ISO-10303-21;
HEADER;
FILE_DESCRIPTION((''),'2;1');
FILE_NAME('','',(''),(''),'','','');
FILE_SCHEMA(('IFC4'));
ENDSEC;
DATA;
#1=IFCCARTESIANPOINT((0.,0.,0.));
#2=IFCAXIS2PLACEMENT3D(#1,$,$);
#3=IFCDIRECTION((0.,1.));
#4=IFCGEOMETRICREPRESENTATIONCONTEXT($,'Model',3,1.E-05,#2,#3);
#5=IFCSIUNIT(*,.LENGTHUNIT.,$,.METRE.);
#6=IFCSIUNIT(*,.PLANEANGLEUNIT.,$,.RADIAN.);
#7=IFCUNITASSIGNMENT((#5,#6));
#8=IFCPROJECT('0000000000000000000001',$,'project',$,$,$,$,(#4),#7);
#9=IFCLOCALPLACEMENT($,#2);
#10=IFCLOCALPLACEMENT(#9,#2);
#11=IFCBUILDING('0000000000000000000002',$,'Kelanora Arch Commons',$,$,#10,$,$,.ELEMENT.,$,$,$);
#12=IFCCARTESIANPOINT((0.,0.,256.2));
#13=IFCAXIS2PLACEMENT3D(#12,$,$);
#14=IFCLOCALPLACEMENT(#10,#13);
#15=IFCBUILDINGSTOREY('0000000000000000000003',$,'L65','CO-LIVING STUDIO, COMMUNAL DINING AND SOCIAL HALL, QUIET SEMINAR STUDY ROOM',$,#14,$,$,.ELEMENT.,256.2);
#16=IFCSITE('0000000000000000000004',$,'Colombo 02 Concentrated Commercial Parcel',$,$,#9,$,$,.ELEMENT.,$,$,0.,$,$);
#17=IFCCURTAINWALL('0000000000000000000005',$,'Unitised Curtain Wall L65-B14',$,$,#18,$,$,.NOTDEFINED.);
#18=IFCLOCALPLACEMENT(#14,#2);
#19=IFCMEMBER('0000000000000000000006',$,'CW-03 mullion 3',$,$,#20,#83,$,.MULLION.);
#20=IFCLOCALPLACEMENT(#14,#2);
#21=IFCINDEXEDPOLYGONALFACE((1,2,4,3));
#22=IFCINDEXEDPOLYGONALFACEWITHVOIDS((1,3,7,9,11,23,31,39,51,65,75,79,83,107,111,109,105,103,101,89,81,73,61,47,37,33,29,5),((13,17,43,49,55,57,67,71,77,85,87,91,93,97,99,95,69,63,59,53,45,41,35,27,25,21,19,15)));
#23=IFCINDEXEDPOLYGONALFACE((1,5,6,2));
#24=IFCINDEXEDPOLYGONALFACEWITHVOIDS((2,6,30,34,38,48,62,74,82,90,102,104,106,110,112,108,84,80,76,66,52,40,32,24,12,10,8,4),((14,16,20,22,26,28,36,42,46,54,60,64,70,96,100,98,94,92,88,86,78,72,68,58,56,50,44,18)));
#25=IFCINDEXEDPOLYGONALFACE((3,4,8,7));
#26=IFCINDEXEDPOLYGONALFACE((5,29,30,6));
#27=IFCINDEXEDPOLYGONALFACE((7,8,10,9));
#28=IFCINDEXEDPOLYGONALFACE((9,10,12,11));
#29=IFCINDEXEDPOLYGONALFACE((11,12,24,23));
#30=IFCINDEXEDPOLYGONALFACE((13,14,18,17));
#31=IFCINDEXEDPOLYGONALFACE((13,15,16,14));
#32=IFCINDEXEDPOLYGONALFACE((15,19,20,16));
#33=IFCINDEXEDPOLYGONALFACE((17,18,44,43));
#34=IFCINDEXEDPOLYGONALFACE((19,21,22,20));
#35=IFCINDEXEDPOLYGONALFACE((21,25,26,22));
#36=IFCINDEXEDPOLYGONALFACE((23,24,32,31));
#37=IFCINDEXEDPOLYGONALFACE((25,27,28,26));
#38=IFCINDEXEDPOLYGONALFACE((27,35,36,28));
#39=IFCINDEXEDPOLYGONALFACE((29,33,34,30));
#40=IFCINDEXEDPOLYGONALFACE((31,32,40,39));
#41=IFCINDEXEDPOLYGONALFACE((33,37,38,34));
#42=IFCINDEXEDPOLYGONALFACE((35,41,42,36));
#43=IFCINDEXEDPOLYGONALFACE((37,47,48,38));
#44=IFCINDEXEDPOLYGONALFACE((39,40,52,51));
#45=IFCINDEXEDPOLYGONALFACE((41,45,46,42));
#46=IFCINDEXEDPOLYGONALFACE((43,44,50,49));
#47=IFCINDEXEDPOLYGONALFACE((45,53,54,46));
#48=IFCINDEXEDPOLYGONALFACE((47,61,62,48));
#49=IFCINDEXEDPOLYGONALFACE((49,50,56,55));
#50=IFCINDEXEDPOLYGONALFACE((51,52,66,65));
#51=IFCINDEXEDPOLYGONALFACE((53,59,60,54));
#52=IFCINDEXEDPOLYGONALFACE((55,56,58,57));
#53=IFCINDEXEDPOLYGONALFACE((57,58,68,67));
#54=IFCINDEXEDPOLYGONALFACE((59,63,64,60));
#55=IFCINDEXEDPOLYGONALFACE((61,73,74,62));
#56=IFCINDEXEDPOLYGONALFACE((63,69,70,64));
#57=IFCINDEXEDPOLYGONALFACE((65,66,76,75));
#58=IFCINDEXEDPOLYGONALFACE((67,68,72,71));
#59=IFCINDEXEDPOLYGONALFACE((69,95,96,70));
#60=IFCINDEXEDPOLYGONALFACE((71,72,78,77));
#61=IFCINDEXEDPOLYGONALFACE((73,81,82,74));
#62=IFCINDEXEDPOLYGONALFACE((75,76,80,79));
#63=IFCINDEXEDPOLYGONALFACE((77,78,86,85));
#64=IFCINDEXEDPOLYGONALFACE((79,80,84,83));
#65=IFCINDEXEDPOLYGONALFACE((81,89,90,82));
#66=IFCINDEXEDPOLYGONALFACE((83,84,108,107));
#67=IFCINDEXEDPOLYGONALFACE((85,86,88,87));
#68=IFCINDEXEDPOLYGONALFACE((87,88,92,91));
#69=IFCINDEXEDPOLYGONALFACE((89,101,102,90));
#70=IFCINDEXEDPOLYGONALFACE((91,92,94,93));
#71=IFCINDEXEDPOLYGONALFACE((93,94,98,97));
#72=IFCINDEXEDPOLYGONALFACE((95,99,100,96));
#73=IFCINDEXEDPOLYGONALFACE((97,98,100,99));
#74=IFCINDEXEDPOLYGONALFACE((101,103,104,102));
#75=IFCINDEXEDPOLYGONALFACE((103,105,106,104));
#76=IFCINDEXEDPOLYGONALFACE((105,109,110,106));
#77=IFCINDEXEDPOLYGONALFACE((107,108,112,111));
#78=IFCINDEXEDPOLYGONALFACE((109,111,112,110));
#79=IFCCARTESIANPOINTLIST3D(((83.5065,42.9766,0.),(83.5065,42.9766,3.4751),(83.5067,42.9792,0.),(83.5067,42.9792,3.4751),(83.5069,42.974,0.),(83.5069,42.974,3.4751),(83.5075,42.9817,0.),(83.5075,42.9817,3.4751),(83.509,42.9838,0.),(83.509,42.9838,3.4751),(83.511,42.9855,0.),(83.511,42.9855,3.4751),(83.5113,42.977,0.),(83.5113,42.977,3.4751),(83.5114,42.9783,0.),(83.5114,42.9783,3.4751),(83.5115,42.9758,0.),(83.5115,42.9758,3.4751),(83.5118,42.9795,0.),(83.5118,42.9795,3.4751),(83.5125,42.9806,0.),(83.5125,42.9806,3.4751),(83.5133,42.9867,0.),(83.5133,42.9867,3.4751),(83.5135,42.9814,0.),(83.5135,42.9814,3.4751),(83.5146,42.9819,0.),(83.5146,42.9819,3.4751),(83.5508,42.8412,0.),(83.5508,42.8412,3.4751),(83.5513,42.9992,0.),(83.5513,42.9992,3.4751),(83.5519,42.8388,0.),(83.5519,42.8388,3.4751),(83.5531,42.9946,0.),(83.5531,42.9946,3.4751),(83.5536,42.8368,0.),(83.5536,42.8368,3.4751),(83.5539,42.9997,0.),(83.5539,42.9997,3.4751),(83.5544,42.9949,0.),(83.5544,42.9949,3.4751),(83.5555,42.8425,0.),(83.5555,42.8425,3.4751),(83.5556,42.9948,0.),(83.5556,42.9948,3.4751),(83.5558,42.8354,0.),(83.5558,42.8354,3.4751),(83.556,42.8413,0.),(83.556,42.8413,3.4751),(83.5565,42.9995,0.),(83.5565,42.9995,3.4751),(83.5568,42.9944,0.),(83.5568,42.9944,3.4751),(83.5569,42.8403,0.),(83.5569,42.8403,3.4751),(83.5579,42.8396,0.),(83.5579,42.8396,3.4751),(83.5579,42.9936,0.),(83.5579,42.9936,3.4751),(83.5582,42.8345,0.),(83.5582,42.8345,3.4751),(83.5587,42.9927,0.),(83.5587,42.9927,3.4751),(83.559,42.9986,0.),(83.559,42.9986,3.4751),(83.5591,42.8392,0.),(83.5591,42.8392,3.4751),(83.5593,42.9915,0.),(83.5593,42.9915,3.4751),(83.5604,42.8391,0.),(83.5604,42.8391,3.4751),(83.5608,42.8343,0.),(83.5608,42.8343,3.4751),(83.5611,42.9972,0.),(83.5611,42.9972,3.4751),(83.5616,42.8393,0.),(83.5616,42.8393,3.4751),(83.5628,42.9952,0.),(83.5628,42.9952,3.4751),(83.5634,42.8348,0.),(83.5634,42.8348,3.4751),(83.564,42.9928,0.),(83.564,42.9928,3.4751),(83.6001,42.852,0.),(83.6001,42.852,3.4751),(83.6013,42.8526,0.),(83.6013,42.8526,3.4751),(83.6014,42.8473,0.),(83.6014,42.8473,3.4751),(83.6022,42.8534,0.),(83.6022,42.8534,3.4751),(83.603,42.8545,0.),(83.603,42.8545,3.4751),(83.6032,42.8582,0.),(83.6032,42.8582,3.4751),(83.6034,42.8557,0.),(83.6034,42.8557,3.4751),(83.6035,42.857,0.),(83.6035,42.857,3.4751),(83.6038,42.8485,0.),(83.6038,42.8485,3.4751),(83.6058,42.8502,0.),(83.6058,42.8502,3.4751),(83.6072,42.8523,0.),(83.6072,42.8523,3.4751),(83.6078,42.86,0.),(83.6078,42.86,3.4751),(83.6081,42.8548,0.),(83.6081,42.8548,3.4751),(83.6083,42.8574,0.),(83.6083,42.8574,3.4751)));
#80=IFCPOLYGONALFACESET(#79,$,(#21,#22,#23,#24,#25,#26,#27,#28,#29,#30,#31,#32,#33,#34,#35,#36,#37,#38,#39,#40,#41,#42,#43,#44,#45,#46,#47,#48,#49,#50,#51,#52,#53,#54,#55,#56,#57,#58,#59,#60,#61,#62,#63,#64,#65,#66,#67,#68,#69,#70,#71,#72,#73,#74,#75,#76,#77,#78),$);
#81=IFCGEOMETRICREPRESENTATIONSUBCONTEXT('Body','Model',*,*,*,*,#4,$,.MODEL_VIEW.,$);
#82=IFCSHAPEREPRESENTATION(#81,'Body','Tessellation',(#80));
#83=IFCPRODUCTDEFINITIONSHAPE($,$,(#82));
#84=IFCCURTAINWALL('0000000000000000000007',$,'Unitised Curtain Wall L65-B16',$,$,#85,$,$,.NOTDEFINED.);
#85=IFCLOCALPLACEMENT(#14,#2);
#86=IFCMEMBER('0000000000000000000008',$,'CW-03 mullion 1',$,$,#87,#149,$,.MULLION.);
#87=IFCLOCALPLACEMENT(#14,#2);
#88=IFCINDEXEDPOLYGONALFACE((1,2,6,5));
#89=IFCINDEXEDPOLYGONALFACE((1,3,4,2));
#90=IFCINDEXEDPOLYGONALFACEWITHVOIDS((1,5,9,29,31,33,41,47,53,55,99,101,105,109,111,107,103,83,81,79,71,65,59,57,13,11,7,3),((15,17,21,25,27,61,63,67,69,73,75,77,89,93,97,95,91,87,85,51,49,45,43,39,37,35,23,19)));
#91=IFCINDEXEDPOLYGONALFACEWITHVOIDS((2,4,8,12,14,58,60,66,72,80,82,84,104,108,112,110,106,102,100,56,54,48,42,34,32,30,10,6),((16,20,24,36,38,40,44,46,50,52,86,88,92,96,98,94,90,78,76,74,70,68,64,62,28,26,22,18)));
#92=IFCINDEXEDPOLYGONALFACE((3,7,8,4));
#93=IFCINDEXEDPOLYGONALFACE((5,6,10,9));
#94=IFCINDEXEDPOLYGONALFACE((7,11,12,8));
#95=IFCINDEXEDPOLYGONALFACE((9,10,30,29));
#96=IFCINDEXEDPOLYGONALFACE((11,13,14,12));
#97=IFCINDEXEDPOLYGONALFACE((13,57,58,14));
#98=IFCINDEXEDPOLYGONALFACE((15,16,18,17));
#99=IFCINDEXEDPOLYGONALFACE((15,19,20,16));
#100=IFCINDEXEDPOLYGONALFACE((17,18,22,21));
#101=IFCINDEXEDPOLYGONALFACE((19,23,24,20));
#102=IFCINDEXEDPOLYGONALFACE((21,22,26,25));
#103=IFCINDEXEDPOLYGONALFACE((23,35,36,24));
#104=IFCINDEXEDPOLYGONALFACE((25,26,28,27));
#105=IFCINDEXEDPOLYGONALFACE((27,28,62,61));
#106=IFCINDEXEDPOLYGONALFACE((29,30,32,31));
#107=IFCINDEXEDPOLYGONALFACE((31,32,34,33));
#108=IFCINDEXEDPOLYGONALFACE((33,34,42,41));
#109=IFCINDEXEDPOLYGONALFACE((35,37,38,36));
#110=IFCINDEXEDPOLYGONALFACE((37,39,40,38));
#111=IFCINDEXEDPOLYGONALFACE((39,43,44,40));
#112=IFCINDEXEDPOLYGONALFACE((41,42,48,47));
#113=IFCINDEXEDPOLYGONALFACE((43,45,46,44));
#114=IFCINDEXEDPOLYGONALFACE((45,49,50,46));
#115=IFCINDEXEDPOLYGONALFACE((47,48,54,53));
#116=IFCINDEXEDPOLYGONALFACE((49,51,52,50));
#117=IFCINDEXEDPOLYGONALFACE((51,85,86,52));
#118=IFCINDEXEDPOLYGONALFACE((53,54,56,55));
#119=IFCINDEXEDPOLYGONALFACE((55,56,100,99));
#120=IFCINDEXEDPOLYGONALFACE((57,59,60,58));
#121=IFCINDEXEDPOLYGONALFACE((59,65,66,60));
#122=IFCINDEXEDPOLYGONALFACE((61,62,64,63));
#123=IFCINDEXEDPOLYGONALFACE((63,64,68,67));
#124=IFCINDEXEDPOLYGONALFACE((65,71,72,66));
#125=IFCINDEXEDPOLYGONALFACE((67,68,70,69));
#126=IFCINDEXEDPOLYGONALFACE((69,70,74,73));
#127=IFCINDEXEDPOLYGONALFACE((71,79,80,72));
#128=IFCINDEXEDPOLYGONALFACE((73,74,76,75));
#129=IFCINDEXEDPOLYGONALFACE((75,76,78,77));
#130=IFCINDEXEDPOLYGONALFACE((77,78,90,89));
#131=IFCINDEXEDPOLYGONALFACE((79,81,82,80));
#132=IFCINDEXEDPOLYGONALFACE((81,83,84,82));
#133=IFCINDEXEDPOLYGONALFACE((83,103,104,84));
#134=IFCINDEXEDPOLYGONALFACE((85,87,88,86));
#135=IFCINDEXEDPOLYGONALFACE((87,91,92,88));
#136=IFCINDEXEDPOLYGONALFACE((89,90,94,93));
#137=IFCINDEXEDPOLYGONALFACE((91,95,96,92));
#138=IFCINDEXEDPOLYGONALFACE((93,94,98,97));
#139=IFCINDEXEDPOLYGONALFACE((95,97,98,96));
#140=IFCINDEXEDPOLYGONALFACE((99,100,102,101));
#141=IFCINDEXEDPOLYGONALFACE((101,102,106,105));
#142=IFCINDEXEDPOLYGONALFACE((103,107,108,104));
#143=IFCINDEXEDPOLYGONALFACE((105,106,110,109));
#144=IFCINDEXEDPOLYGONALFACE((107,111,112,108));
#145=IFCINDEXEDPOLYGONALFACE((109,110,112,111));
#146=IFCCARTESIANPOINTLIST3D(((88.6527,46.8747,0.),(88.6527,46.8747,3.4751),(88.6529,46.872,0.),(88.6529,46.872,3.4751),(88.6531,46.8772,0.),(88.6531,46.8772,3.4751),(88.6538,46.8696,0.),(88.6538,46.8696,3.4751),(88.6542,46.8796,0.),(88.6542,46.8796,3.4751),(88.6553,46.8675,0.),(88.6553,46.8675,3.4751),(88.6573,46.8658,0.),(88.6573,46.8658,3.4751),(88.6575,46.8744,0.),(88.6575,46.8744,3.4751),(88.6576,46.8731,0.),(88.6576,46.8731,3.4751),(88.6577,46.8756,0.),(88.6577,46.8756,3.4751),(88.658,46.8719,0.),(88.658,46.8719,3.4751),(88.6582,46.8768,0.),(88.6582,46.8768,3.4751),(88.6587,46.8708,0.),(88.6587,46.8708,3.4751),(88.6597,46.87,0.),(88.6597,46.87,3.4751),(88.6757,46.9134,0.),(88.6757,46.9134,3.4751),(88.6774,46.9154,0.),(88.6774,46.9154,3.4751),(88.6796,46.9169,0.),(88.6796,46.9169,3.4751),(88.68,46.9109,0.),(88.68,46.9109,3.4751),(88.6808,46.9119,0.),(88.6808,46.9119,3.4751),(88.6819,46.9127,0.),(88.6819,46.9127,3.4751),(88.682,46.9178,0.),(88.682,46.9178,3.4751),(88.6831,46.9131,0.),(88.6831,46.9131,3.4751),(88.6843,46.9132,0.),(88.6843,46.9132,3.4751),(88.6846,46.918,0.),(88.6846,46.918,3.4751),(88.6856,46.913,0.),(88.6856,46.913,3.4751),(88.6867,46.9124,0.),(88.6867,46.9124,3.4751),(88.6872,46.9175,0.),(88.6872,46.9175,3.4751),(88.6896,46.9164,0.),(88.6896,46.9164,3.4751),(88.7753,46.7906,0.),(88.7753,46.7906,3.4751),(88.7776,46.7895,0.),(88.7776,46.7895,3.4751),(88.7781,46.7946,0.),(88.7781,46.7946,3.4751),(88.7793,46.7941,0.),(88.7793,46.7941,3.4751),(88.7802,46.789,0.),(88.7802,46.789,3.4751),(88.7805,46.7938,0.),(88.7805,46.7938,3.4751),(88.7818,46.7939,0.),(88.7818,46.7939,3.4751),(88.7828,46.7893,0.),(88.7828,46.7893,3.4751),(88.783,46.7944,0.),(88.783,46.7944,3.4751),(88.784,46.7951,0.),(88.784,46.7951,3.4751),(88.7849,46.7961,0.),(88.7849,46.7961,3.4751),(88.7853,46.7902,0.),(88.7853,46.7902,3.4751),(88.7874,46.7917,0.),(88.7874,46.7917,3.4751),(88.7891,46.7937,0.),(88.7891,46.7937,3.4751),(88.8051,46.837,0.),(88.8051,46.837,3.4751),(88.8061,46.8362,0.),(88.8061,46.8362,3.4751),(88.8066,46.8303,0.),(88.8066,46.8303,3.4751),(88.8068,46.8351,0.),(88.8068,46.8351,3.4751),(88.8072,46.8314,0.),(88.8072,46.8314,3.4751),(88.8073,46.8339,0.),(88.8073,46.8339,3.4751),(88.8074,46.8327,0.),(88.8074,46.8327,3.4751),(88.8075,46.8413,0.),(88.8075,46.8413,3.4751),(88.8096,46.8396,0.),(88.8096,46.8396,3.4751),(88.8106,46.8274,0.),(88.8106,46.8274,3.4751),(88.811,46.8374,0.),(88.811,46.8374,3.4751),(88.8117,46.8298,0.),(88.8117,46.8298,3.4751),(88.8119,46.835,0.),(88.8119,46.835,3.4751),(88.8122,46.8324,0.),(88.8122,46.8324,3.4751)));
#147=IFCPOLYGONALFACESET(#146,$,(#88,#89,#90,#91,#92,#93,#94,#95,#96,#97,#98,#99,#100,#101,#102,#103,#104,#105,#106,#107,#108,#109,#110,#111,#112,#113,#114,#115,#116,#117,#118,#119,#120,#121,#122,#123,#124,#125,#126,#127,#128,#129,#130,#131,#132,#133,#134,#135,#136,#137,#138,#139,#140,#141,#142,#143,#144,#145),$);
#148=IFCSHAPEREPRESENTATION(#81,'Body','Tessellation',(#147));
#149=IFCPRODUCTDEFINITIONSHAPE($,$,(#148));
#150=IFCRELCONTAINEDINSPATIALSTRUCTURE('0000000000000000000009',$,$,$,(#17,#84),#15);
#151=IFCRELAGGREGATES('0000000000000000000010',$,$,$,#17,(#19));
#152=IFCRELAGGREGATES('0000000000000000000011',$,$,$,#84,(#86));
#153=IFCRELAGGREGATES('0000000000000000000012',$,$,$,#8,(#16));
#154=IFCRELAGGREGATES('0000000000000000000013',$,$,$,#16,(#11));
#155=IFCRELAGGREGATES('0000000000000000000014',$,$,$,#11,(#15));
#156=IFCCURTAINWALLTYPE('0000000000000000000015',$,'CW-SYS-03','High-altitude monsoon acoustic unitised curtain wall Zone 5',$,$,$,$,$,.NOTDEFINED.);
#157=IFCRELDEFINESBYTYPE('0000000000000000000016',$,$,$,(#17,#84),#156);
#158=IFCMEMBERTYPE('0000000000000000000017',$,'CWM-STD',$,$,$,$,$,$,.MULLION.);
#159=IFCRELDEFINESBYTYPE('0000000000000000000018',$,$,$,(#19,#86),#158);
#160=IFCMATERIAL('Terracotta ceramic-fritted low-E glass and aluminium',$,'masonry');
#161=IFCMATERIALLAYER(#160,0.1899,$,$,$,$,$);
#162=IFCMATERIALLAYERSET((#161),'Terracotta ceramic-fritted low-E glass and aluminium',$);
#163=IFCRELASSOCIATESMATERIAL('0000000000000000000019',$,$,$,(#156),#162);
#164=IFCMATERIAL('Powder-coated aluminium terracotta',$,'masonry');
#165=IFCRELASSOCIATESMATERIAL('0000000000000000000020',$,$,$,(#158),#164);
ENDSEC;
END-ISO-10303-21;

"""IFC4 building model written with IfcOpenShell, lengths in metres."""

from ifc_helpers import new_model, si_unit, direction, frame, origin, origin_2d, place, context, subcontext, project, spatial, hollow_rectangle, extrude, material, layer, layer_set, material_profile, profile_set, type_object, element, aggregate, save


model = new_model("IFC4")

# Units and contexts
model_context = context("Model", 3, precision=1e-05, world=origin(), true_north=direction((0.0, 1.0)))
body_context = subcontext(model_context, "Body", "Model", "MODEL_VIEW")
ifc_project = project(units=[si_unit("LENGTHUNIT", "METRE"), si_unit("PLANEANGLEUNIT", "RADIAN")], contexts=[model_context])

# Site, building, storey
site_placement = place(None, origin())
site = spatial("IfcSite", under=ifc_project, at=site_placement, Name="Colombo 02 Concentrated Commercial Parcel", CompositionType="ELEMENT", RefElevation=0.0)
building_placement = place(site_placement, origin())
building = spatial("IfcBuilding", under=site, at=building_placement, Name="Kelanora Arch Commons", CompositionType="ELEMENT")
storey_placement = place(building_placement, frame((0.0, 0.0, 256.2)))
storey = spatial("IfcBuildingStorey", under=building, at=storey_placement, Name="L65", Description="CO-LIVING STUDIO, COMMUNAL DINING AND SOCIAL HALL, QUIET SEMINAR STUDY ROOM", CompositionType="ELEMENT", Elevation=256.2)

# Curtain wall, member
ifc_material_1 = material(Name="Terracotta ceramic-fritted low-E glass and aluminium", Category="masonry")
ifc_layer_1 = layer(ifc_material_1, 0.1899)
ifc_layer_set_1 = layer_set([ifc_layer_1], Name="Terracotta ceramic-fritted low-E glass and aluminium")
curtain_wall_type = type_object("IfcCurtainWallType", Name="CW-SYS-03", Description="High-altitude monsoon acoustic unitised curtain wall Zone 5", PredefinedType="NOTDEFINED", material=ifc_layer_set_1)
curtain_wall_1_placement = place(storey_placement, origin())
curtain_wall_1 = element("IfcCurtainWall", 1, at=curtain_wall_1_placement, inside=storey, type_object=curtain_wall_type, Name="Unitised Curtain Wall L65-B14", PredefinedType="NOTDEFINED")
ifc_material_2 = material(Name="Powder-coated aluminium terracotta", Category="masonry")
ifc_material_profile_1 = material_profile(ifc_material_2, hollow_rectangle(XDim=0.1599, YDim=0.0601, WallThickness=0.0049, InnerFilletRadius=0.0049, OuterFilletRadius=0.01, at=origin_2d()), Name="CWM160x60")
ifc_profile_set_1 = profile_set([ifc_material_profile_1], Name="Powder-coated aluminium terracotta")
member_type_1 = type_object("IfcMemberType", Name="CWM-STD", PredefinedType="MULLION", material=ifc_profile_set_1)
member_1_placement = place(storey_placement, frame((83.5574, 42.917, 0.0), z_axis=(0.0, 0.0, 1.0), x_axis=(-0.313253, 0.94967, 0.0)))
member_1 = element("IfcMember", 2, at=member_1_placement, type_object=member_type_1, Name="CW-03 mullion 3", PredefinedType="MULLION", context=body_context, shape_type="SweptSolid", body=[
    extrude(hollow_rectangle(XDim=0.1599, YDim=0.0601, WallThickness=0.0049, InnerFilletRadius=0.0049, OuterFilletRadius=0.01, at=origin_2d()), origin(), (0.0, 0.0, 1.0), 3.4751),
])
aggregate(curtain_wall_1, [member_1])

# Curtain wall, member
curtain_wall_2_placement = place(storey_placement, origin())
curtain_wall_2 = element("IfcCurtainWall", 3, at=curtain_wall_2_placement, inside=storey, type_object=curtain_wall_type, Name="Unitised Curtain Wall L65-B16", PredefinedType="NOTDEFINED")
member_2_placement = place(storey_placement, frame((88.7324, 46.8535, 0.0), z_axis=(0.0, 0.0, 1.0), x_axis=(-0.843391, 0.5373, 0.0)))
member_2 = element("IfcMember", 4, at=member_2_placement, type_object=member_type_1, Name="CW-03 mullion 1", PredefinedType="MULLION", context=body_context, shape_type="SweptSolid", body=[
    extrude(hollow_rectangle(XDim=0.1599, YDim=0.0601, WallThickness=0.0049, InnerFilletRadius=0.0049, OuterFilletRadius=0.01, at=origin_2d()), origin(), (0.0, 0.0, 1.0), 3.4751),
])
aggregate(curtain_wall_2, [member_2])

save(model, "model.ifc")
